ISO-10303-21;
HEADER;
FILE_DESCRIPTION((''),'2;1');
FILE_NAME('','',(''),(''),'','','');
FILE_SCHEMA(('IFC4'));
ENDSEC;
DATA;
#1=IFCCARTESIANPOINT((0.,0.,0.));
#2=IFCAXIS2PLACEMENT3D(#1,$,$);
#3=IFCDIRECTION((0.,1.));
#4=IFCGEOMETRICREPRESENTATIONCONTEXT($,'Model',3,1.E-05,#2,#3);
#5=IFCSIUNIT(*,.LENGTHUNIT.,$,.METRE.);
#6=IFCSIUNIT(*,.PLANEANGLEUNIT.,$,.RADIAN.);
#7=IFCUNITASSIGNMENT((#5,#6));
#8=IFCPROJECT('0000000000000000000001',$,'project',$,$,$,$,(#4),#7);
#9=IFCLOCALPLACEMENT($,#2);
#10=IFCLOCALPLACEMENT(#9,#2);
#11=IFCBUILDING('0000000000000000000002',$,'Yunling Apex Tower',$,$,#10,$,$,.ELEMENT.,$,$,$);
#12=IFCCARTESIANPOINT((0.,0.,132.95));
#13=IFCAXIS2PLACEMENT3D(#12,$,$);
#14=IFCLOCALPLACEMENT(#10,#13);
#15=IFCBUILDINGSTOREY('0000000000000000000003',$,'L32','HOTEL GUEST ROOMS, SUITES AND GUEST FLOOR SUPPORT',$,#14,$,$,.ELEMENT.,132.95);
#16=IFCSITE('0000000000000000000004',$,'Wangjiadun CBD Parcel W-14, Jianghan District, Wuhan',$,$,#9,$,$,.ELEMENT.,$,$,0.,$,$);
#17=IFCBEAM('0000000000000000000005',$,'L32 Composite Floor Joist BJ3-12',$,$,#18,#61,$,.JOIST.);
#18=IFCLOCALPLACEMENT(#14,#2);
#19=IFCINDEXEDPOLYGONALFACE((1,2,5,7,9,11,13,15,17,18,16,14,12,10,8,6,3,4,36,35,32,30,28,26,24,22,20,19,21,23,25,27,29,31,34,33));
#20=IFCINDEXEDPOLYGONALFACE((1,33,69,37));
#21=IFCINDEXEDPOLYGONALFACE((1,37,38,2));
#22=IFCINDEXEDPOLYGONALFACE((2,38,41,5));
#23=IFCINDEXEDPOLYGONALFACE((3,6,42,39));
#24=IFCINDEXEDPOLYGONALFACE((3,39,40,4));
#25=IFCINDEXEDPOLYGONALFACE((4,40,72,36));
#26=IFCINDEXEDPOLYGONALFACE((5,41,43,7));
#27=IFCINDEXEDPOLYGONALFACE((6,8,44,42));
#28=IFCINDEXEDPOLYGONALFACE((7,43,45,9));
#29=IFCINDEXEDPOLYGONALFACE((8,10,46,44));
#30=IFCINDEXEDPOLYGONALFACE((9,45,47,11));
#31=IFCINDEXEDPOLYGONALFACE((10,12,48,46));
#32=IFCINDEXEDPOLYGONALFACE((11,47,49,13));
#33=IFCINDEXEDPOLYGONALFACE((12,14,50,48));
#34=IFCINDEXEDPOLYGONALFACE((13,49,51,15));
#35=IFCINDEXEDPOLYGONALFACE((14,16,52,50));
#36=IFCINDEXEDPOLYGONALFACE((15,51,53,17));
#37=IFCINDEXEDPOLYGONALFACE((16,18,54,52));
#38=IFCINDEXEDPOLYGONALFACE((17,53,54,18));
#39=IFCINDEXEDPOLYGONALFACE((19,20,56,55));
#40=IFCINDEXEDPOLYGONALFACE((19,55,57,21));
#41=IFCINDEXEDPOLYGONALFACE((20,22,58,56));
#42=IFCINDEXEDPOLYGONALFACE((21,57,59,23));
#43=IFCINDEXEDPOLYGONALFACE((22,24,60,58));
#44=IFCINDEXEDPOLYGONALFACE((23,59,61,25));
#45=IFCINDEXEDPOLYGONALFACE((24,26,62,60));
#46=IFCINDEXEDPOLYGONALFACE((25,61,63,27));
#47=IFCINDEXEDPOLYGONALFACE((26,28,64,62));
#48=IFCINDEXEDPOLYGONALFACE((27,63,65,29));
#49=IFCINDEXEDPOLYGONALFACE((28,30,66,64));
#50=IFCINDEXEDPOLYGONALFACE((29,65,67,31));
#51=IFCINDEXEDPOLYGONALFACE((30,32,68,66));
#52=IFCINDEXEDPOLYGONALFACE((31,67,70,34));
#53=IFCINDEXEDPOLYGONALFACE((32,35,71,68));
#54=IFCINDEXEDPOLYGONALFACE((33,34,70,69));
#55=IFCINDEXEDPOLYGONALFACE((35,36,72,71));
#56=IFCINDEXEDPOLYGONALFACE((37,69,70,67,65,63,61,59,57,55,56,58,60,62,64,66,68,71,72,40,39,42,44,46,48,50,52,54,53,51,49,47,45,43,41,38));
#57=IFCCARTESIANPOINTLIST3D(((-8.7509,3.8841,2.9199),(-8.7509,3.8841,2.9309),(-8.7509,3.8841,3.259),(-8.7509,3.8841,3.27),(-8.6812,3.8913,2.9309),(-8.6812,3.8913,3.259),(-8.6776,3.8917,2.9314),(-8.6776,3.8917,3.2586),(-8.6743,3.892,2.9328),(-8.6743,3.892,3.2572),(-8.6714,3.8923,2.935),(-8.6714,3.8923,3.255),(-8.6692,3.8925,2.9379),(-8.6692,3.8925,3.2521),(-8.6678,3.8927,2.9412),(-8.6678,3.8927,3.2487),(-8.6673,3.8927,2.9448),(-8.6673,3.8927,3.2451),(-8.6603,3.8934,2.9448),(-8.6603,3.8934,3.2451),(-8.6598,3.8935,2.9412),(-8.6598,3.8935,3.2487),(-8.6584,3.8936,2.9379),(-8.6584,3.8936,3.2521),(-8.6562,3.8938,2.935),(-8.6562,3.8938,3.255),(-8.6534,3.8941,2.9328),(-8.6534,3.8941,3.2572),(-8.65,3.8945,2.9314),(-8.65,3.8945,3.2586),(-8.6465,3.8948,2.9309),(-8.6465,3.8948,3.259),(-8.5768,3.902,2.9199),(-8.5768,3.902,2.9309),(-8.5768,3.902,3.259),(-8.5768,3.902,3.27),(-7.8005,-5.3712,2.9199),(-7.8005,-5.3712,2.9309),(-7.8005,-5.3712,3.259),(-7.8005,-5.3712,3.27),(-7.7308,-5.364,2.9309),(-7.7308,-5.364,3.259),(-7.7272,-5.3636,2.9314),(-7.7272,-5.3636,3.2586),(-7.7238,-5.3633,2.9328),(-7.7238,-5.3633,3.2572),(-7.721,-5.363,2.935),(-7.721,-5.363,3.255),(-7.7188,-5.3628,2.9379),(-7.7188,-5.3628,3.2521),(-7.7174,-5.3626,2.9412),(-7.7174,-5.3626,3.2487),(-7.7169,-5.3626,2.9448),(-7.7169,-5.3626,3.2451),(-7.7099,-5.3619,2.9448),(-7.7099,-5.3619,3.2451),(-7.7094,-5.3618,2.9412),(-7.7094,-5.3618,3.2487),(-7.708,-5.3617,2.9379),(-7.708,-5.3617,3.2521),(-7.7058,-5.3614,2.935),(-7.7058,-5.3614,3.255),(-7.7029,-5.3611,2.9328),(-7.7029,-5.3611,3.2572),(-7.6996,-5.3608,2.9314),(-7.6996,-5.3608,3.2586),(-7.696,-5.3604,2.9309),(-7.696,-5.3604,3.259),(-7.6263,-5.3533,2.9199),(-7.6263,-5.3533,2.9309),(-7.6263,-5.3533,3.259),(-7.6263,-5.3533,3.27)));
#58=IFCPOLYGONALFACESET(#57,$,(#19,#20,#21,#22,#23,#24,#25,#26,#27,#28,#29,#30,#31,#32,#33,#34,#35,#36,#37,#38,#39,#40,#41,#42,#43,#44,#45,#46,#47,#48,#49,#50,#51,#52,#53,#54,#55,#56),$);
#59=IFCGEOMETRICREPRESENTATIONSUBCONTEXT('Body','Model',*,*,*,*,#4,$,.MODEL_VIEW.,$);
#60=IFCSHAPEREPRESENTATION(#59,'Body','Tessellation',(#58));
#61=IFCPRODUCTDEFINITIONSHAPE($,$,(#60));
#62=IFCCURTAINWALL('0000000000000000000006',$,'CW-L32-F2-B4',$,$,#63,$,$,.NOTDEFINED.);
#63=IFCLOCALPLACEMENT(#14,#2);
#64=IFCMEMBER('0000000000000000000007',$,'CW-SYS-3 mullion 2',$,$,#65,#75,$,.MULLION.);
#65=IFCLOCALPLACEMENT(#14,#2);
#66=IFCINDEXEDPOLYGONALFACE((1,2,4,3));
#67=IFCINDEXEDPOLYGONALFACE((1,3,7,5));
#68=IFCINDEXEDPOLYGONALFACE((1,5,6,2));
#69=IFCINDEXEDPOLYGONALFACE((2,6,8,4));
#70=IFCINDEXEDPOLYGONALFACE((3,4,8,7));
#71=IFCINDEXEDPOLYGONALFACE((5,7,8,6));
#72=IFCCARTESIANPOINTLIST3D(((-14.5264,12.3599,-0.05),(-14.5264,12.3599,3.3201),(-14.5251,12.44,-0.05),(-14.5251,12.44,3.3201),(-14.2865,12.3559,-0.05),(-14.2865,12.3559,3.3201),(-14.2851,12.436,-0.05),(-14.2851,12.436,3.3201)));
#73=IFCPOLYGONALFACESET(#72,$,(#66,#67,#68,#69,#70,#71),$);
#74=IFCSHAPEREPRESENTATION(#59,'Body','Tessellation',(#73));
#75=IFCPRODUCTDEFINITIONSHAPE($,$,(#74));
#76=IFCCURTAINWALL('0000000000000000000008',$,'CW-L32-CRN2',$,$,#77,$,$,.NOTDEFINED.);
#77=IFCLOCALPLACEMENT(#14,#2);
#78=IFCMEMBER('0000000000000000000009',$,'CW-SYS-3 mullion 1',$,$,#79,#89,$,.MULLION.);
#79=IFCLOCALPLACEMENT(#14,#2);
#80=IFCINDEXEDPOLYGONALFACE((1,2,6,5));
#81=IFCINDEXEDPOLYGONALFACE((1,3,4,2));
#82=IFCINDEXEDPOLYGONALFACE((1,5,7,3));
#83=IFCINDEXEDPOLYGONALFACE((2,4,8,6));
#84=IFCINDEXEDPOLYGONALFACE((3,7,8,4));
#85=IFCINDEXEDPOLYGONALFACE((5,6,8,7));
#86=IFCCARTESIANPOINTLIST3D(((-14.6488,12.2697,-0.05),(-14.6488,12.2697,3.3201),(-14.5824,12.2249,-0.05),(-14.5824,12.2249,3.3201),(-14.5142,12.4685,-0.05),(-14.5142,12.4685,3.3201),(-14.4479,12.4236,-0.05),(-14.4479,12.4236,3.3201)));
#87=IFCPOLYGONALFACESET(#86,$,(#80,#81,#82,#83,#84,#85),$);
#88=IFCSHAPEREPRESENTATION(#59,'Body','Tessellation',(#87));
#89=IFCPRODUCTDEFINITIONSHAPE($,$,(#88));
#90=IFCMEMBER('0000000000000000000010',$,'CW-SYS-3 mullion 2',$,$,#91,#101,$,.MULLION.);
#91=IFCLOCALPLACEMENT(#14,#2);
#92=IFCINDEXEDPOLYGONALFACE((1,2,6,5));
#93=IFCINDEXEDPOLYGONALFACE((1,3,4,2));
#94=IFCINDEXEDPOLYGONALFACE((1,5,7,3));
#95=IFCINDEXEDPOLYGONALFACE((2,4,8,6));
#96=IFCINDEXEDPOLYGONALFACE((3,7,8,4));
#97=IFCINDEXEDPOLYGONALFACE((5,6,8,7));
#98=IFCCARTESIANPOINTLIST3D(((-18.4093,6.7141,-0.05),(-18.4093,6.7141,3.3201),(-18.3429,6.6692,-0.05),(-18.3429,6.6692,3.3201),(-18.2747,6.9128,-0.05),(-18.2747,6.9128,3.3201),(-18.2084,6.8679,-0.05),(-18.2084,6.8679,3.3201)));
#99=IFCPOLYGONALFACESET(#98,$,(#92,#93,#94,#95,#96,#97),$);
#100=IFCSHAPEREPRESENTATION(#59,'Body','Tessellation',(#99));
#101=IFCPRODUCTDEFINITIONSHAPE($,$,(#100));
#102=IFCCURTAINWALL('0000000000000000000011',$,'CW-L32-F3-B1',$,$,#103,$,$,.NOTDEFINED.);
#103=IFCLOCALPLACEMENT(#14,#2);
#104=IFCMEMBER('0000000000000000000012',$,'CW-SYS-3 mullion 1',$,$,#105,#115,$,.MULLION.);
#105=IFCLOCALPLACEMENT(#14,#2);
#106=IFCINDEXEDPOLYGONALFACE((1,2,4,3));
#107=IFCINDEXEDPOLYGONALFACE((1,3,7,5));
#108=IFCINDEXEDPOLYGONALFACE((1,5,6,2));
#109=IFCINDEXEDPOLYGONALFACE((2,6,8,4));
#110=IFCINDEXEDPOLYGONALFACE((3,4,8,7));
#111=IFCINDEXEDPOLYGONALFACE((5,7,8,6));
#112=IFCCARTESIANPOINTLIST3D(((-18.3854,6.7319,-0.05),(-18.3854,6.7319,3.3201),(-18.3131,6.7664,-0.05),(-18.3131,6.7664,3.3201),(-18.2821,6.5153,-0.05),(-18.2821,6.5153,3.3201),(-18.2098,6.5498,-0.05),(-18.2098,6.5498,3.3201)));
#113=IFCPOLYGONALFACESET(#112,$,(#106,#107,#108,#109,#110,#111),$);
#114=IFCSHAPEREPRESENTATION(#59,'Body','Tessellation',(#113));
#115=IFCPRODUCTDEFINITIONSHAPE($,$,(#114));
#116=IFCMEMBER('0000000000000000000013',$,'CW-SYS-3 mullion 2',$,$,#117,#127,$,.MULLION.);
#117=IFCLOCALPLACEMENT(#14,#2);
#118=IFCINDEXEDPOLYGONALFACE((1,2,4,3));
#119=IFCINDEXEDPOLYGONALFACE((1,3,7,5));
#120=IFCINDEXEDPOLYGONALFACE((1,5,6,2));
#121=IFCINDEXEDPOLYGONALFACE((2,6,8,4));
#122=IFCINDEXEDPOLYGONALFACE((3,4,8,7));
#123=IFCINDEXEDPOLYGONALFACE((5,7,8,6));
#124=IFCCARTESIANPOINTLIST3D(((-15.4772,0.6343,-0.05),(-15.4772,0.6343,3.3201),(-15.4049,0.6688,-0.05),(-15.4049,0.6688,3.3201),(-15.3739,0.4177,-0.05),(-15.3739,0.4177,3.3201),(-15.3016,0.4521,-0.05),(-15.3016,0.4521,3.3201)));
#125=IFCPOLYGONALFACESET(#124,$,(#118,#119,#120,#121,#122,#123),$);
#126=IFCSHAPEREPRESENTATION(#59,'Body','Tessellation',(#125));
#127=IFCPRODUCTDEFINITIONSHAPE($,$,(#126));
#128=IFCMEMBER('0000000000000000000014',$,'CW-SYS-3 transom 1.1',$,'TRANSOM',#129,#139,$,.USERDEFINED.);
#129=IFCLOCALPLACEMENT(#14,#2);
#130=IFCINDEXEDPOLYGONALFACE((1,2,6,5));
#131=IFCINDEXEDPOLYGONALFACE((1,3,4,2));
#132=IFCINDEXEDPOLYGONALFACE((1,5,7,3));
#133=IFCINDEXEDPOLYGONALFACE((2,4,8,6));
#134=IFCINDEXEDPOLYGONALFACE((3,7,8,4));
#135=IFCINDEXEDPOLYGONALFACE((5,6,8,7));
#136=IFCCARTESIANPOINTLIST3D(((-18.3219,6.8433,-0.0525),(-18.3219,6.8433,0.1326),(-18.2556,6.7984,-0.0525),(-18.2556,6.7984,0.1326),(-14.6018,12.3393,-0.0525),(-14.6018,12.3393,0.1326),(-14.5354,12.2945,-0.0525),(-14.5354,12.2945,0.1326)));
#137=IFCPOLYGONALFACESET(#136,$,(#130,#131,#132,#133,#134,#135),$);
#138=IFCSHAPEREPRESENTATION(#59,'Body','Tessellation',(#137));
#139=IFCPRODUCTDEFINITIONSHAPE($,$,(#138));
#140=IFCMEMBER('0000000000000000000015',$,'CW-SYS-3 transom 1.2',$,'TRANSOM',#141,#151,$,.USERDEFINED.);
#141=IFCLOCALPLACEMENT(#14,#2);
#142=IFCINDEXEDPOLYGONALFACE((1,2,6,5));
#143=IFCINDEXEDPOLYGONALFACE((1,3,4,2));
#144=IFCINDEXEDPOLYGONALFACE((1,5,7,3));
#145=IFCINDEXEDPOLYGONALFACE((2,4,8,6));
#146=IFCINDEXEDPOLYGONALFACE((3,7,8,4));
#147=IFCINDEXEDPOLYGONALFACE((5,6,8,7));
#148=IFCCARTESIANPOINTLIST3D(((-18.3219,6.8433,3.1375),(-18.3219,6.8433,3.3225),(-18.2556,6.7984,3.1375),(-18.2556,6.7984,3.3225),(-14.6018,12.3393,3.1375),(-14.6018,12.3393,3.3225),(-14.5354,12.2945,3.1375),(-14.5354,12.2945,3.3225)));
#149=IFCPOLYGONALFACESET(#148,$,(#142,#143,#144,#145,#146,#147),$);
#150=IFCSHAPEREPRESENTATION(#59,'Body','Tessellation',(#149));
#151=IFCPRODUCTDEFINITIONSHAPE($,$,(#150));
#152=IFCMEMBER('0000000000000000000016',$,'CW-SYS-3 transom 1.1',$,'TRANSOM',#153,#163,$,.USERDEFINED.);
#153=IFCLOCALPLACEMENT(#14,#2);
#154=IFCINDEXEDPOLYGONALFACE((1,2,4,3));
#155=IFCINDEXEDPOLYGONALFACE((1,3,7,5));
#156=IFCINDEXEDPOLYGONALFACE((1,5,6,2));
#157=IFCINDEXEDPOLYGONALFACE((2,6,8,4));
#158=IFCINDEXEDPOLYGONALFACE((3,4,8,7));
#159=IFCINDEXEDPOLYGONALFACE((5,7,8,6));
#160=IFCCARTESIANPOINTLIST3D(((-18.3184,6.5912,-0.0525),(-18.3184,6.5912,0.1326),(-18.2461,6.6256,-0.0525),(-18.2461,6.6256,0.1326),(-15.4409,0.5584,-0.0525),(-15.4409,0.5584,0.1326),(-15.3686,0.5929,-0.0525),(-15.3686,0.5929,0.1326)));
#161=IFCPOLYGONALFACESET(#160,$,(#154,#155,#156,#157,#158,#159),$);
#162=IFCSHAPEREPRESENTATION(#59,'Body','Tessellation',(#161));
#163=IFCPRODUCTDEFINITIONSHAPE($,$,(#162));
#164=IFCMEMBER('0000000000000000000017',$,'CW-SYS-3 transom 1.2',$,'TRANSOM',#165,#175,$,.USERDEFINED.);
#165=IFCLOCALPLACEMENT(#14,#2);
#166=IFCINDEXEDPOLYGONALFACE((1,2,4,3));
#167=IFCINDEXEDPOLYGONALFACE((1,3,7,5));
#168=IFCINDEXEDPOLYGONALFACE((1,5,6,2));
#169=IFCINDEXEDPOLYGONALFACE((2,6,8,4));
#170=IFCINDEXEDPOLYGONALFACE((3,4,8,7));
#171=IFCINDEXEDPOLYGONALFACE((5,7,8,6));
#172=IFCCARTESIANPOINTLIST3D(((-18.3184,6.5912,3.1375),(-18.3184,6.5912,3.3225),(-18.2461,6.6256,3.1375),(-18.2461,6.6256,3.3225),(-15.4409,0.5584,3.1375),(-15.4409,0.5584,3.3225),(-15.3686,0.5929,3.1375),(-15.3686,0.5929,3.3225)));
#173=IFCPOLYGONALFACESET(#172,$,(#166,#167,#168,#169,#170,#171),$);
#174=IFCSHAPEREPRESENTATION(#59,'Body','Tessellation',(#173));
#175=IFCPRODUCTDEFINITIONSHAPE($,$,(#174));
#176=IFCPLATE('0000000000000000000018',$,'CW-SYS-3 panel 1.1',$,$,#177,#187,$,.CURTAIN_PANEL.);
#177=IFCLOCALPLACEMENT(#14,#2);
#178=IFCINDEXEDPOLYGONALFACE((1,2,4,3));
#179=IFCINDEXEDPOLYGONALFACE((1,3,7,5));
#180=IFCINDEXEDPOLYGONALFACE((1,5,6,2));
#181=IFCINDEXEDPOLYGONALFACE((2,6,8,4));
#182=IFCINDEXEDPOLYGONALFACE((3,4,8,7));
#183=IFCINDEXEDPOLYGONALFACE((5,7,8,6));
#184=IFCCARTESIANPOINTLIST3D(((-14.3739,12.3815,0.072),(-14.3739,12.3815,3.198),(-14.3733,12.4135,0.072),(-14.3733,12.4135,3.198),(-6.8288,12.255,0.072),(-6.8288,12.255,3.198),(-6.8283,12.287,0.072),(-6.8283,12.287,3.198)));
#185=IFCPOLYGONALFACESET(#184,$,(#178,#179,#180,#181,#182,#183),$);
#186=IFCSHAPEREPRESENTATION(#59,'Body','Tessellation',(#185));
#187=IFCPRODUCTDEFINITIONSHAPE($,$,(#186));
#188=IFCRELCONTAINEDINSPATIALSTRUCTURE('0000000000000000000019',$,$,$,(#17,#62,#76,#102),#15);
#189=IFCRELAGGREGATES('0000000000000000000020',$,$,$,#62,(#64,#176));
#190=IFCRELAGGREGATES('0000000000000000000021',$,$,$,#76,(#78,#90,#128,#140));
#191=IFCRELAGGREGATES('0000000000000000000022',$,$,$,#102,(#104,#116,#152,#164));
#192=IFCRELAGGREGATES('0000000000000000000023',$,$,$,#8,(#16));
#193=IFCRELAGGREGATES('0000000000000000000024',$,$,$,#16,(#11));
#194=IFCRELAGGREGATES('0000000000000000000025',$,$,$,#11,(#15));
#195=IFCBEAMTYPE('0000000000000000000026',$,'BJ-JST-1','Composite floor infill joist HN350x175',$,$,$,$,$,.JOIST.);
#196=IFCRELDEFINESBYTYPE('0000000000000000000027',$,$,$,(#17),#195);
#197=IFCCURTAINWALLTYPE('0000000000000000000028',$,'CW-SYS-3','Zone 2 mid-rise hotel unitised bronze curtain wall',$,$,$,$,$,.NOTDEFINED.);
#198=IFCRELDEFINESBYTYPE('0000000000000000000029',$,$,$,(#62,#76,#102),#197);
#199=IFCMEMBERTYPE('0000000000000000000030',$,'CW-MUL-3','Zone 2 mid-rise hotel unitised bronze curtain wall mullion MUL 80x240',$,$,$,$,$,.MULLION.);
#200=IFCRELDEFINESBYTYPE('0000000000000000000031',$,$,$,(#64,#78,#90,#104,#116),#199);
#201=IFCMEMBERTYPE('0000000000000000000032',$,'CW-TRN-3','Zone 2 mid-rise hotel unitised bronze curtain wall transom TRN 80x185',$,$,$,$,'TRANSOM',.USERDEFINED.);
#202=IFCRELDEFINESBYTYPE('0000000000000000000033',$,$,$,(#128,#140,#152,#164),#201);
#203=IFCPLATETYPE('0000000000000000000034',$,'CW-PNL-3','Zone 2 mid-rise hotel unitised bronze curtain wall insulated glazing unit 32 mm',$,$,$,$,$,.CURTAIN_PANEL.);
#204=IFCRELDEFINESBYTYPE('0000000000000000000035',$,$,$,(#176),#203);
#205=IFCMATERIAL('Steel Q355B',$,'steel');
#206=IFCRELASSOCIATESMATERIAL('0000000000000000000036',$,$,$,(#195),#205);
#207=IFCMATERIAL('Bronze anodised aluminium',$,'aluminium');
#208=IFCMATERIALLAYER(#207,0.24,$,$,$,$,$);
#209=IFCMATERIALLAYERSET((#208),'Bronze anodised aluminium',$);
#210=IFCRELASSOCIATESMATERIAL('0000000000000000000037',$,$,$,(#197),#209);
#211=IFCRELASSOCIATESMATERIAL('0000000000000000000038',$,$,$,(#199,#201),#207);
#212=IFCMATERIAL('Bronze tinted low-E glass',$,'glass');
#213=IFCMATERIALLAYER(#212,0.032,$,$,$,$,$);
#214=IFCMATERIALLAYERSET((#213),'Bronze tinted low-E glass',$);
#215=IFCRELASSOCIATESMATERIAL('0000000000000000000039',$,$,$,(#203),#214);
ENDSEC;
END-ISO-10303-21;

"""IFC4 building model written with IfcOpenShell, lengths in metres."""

from ifc_helpers import new_model, si_unit, direction, frame, origin, origin_2d, place, context, subcontext, project, spatial, rectangle, i_section, extrude, source, transform, mapped, material, layer, layer_set, material_profile, profile_set, type_object, element, aggregate, save


model = new_model("IFC4")

# Units and contexts
model_context = context("Model", 3, precision=1e-05, world=origin(), true_north=direction((0.0, 1.0)))
body_context = subcontext(model_context, "Body", "Model", "MODEL_VIEW")
ifc_project = project(units=[si_unit("LENGTHUNIT", "METRE"), si_unit("PLANEANGLEUNIT", "RADIAN")], contexts=[model_context])

# Site, building, storey
site_placement = place(None, origin())
site = spatial("IfcSite", under=ifc_project, at=site_placement, Name="Wangjiadun CBD Parcel W-14, Jianghan District, Wuhan", CompositionType="ELEMENT", RefElevation=0.0)
building_placement = place(site_placement, origin())
building = spatial("IfcBuilding", under=site, at=building_placement, Name="Yunling Apex Tower", CompositionType="ELEMENT")
storey_placement = place(building_placement, frame((0.0, 0.0, 132.95)))
storey = spatial("IfcBuildingStorey", under=building, at=storey_placement, Name="L32", Description="HOTEL GUEST ROOMS, SUITES AND GUEST FLOOR SUPPORT", CompositionType="ELEMENT", Elevation=132.95)

# Beam
ifc_material_1 = material(Name="Steel Q355B", Category="steel")
ifc_material_profile_1 = material_profile(ifc_material_1, i_section(OverallWidth=0.175, OverallDepth=0.3501, WebThickness=0.0071, FlangeThickness=0.011, FilletRadius=0.0139, at=origin_2d()))
ifc_profile_set_1 = profile_set([ifc_material_profile_1], Name="Steel Q355B")
beam_type_1 = type_object("IfcBeamType", Name="BJ-JST-1", Description="Composite floor infill joist HN350x175", PredefinedType="JOIST", material=ifc_profile_set_1)
shared_shape_1 = source(origin(), body_context, "Body", "SweptSolid", [
    extrude(i_section(OverallWidth=0.175, OverallDepth=0.3501, WebThickness=0.0071, FlangeThickness=0.011, FilletRadius=0.0139, at=origin_2d()), origin(), (0.0, 0.0, 1.0), 9.304),
])
beam_1_placement = place(storey_placement, frame((-8.6638, 3.8931, 3.095), z_axis=(0.102153, -0.994769, 0.0), x_axis=(0.994769, 0.102153, 0.0)))
element("IfcBeam", 1, at=beam_1_placement, inside=storey, type_object=beam_type_1, Name="L32 Composite Floor Joist BJ3-12", PredefinedType="JOIST", context=body_context, shape_type="MappedRepresentation", body=[
    mapped(shared_shape_1, transform((0.0, 0.0, 0.0), scale=1.0)),
])

# Curtain wall, member
ifc_material_2 = material(Name="Bronze anodised aluminium", Category="aluminium")
ifc_layer_1 = layer(ifc_material_2, 0.24)
ifc_layer_set_1 = layer_set([ifc_layer_1], Name="Bronze anodised aluminium")
curtain_wall_type = type_object("IfcCurtainWallType", Name="CW-SYS-3", Description="Zone 2 mid-rise hotel unitised bronze curtain wall", PredefinedType="NOTDEFINED", material=ifc_layer_set_1)
curtain_wall_1_placement = place(storey_placement, origin())
curtain_wall_1 = element("IfcCurtainWall", 2, at=curtain_wall_1_placement, inside=storey, type_object=curtain_wall_type, Name="CW-L32-F2-B4", PredefinedType="NOTDEFINED")
ifc_material_profile_2 = material_profile(ifc_material_2, rectangle(XDim=0.0801, YDim=0.24, at=origin_2d()))
ifc_profile_set_2 = profile_set([ifc_material_profile_2], Name="Bronze anodised aluminium")
member_type_1 = type_object("IfcMemberType", Name="CW-MUL-3", Description="Zone 2 mid-rise hotel unitised bronze curtain wall mullion MUL 80x240", PredefinedType="MULLION", material=ifc_profile_set_2)
shared_shape_2 = source(origin(), body_context, "Body", "SweptSolid", [
    extrude(rectangle(XDim=0.0801, YDim=0.24, at=origin_2d()), origin(), (0.0, 0.0, 1.0), 3.3701),
])
member_1_placement = place(storey_placement, frame((-14.4058, 12.3979, -0.05), z_axis=(0.0, 0.0, 1.0), x_axis=(-0.016762, -0.99986, 0.0)))
member_1 = element("IfcMember", 3, at=member_1_placement, type_object=member_type_1, Name="CW-SYS-3 mullion 2", PredefinedType="MULLION", context=body_context, shape_type="MappedRepresentation", body=[
    mapped(shared_shape_2, transform((0.0, 0.0, 0.0), scale=1.0)),
])

# Curtain walls, members
curtain_wall_2_placement = place(storey_placement, origin())
curtain_wall_2 = element("IfcCurtainWall", 4, at=curtain_wall_2_placement, inside=storey, type_object=curtain_wall_type, Name="CW-L32-CRN2", PredefinedType="NOTDEFINED")
member_2_placement = place(storey_placement, frame((-14.5483, 12.3467, -0.05), z_axis=(0.0, 0.0, 1.0), x_axis=(0.828139, -0.560523, 0.0)))
member_2 = element("IfcMember", 5, at=member_2_placement, type_object=member_type_1, Name="CW-SYS-3 mullion 1", PredefinedType="MULLION", context=body_context, shape_type="MappedRepresentation", body=[
    mapped(shared_shape_2, transform((0.0, 0.0, 0.0), scale=1.0)),
])
member_3_placement = place(storey_placement, frame((-18.3088, 6.791, -0.05), z_axis=(0.0, 0.0, 1.0), x_axis=(0.828139, -0.560523, 0.0)))
member_3 = element("IfcMember", 6, at=member_3_placement, type_object=member_type_1, Name="CW-SYS-3 mullion 2", PredefinedType="MULLION", context=body_context, shape_type="MappedRepresentation", body=[
    mapped(shared_shape_2, transform((0.0, 0.0, 0.0), scale=1.0)),
])
curtain_wall_3_placement = place(storey_placement, origin())
curtain_wall_3 = element("IfcCurtainWall", 7, at=curtain_wall_3_placement, inside=storey, type_object=curtain_wall_type, Name="CW-L32-F3-B1", PredefinedType="NOTDEFINED")
member_4_placement = place(storey_placement, frame((-18.2976, 6.6409, -0.05), z_axis=(0.0, 0.0, 1.0), x_axis=(0.902588, 0.430506, 0.0)))
member_4 = element("IfcMember", 8, at=member_4_placement, type_object=member_type_1, Name="CW-SYS-3 mullion 1", PredefinedType="MULLION", context=body_context, shape_type="MappedRepresentation", body=[
    mapped(shared_shape_2, transform((0.0, 0.0, 0.0), scale=1.0)),
])
member_5_placement = place(storey_placement, frame((-15.3894, 0.5432, -0.05), z_axis=(0.0, 0.0, 1.0), x_axis=(0.902588, 0.430506, 0.0)))
member_5 = element("IfcMember", 9, at=member_5_placement, type_object=member_type_1, Name="CW-SYS-3 mullion 2", PredefinedType="MULLION", context=body_context, shape_type="MappedRepresentation", body=[
    mapped(shared_shape_2, transform((0.0, 0.0, 0.0), scale=1.0)),
])

# Members
ifc_material_profile_3 = material_profile(ifc_material_2, rectangle(XDim=0.0801, YDim=0.1851, at=origin_2d()))
ifc_profile_set_3 = profile_set([ifc_material_profile_3], Name="Bronze anodised aluminium")
member_type_2 = type_object("IfcMemberType", Name="CW-TRN-3", Description="Zone 2 mid-rise hotel unitised bronze curtain wall transom TRN 80x185", ElementType="TRANSOM", PredefinedType="USERDEFINED", material=ifc_profile_set_3)
shared_shape_3 = source(origin(), body_context, "Body", "SweptSolid", [
    extrude(rectangle(XDim=0.0801, YDim=0.1851, at=origin_2d()), origin(), (0.0, 0.0, 1.0), 6.6367),
])
member_6_placement = place(storey_placement, frame((-14.5686, 12.3169, 0.04), z_axis=(-0.560544, -0.828125, 0.0), x_axis=(0.828125, -0.560544, 0.0)))
member_6 = element("IfcMember", 10, at=member_6_placement, type_object=member_type_2, Name="CW-SYS-3 transom 1.1", ObjectType="TRANSOM", PredefinedType="USERDEFINED", context=body_context, shape_type="MappedRepresentation", body=[
    mapped(shared_shape_3, transform((0.0, 0.0, 0.0), scale=1.0)),
])
member_7_placement = place(storey_placement, frame((-14.5686, 12.3169, 3.23), z_axis=(-0.560544, -0.828125, 0.0), x_axis=(0.828125, -0.560544, 0.0)))
member_7 = element("IfcMember", 11, at=member_7_placement, type_object=member_type_2, Name="CW-SYS-3 transom 1.2", ObjectType="TRANSOM", PredefinedType="USERDEFINED", context=body_context, shape_type="MappedRepresentation", body=[
    mapped(shared_shape_3, transform((0.0, 0.0, 0.0), scale=1.0)),
])
shared_shape_4 = source(origin(), body_context, "Body", "SweptSolid", [
    extrude(rectangle(XDim=0.0801, YDim=0.1851, at=origin_2d()), origin(), (0.0, 0.0, 1.0), 6.6838),
])
member_8_placement = place(storey_placement, frame((-18.2822, 6.6084, 0.04), z_axis=(0.430509, -0.902586, 0.0), x_axis=(0.902586, 0.430509, 0.0)))
member_8 = element("IfcMember", 12, at=member_8_placement, type_object=member_type_2, Name="CW-SYS-3 transom 1.1", ObjectType="TRANSOM", PredefinedType="USERDEFINED", context=body_context, shape_type="MappedRepresentation", body=[
    mapped(shared_shape_4, transform((0.0, 0.0, 0.0), scale=1.0)),
])
member_9_placement = place(storey_placement, frame((-18.2822, 6.6084, 3.23), z_axis=(0.430509, -0.902586, 0.0), x_axis=(0.902586, 0.430509, 0.0)))
member_9 = element("IfcMember", 13, at=member_9_placement, type_object=member_type_2, Name="CW-SYS-3 transom 1.2", ObjectType="TRANSOM", PredefinedType="USERDEFINED", context=body_context, shape_type="MappedRepresentation", body=[
    mapped(shared_shape_4, transform((0.0, 0.0, 0.0), scale=1.0)),
])

# Plate
ifc_material_3 = material(Name="Bronze tinted low-E glass", Category="glass")
ifc_layer_2 = layer(ifc_material_3, 0.032)
ifc_layer_set_2 = layer_set([ifc_layer_2], Name="Bronze tinted low-E glass")
plate_type = type_object("IfcPlateType", Name="CW-PNL-3", Description="Zone 2 mid-rise hotel unitised bronze curtain wall insulated glazing unit 32 mm", PredefinedType="CURTAIN_PANEL", material=ifc_layer_set_2)
shared_shape_5 = source(origin(), body_context, "Body", "SweptSolid", [
    extrude(rectangle(XDim=7.5461, YDim=0.032, at=origin_2d()), origin(), (0.0, 0.0, 1.0), 3.126),
])
plate_1_placement = place(storey_placement, frame((-10.6011, 12.3342, 0.072), z_axis=(0.0, 0.0, 1.0), x_axis=(-0.99986, 0.016762, 0.0)))
plate_1 = element("IfcPlate", 14, at=plate_1_placement, type_object=plate_type, Name="CW-SYS-3 panel 1.1", PredefinedType="CURTAIN_PANEL", context=body_context, shape_type="MappedRepresentation", body=[
    mapped(shared_shape_5, transform((0.0, 0.0, 0.0), scale=1.0)),
])
aggregate(curtain_wall_1, [member_1, plate_1])
aggregate(curtain_wall_2, [member_2, member_3, member_6, member_7])
aggregate(curtain_wall_3, [member_4, member_5, member_8, member_9])

save(model, "model.ifc")
